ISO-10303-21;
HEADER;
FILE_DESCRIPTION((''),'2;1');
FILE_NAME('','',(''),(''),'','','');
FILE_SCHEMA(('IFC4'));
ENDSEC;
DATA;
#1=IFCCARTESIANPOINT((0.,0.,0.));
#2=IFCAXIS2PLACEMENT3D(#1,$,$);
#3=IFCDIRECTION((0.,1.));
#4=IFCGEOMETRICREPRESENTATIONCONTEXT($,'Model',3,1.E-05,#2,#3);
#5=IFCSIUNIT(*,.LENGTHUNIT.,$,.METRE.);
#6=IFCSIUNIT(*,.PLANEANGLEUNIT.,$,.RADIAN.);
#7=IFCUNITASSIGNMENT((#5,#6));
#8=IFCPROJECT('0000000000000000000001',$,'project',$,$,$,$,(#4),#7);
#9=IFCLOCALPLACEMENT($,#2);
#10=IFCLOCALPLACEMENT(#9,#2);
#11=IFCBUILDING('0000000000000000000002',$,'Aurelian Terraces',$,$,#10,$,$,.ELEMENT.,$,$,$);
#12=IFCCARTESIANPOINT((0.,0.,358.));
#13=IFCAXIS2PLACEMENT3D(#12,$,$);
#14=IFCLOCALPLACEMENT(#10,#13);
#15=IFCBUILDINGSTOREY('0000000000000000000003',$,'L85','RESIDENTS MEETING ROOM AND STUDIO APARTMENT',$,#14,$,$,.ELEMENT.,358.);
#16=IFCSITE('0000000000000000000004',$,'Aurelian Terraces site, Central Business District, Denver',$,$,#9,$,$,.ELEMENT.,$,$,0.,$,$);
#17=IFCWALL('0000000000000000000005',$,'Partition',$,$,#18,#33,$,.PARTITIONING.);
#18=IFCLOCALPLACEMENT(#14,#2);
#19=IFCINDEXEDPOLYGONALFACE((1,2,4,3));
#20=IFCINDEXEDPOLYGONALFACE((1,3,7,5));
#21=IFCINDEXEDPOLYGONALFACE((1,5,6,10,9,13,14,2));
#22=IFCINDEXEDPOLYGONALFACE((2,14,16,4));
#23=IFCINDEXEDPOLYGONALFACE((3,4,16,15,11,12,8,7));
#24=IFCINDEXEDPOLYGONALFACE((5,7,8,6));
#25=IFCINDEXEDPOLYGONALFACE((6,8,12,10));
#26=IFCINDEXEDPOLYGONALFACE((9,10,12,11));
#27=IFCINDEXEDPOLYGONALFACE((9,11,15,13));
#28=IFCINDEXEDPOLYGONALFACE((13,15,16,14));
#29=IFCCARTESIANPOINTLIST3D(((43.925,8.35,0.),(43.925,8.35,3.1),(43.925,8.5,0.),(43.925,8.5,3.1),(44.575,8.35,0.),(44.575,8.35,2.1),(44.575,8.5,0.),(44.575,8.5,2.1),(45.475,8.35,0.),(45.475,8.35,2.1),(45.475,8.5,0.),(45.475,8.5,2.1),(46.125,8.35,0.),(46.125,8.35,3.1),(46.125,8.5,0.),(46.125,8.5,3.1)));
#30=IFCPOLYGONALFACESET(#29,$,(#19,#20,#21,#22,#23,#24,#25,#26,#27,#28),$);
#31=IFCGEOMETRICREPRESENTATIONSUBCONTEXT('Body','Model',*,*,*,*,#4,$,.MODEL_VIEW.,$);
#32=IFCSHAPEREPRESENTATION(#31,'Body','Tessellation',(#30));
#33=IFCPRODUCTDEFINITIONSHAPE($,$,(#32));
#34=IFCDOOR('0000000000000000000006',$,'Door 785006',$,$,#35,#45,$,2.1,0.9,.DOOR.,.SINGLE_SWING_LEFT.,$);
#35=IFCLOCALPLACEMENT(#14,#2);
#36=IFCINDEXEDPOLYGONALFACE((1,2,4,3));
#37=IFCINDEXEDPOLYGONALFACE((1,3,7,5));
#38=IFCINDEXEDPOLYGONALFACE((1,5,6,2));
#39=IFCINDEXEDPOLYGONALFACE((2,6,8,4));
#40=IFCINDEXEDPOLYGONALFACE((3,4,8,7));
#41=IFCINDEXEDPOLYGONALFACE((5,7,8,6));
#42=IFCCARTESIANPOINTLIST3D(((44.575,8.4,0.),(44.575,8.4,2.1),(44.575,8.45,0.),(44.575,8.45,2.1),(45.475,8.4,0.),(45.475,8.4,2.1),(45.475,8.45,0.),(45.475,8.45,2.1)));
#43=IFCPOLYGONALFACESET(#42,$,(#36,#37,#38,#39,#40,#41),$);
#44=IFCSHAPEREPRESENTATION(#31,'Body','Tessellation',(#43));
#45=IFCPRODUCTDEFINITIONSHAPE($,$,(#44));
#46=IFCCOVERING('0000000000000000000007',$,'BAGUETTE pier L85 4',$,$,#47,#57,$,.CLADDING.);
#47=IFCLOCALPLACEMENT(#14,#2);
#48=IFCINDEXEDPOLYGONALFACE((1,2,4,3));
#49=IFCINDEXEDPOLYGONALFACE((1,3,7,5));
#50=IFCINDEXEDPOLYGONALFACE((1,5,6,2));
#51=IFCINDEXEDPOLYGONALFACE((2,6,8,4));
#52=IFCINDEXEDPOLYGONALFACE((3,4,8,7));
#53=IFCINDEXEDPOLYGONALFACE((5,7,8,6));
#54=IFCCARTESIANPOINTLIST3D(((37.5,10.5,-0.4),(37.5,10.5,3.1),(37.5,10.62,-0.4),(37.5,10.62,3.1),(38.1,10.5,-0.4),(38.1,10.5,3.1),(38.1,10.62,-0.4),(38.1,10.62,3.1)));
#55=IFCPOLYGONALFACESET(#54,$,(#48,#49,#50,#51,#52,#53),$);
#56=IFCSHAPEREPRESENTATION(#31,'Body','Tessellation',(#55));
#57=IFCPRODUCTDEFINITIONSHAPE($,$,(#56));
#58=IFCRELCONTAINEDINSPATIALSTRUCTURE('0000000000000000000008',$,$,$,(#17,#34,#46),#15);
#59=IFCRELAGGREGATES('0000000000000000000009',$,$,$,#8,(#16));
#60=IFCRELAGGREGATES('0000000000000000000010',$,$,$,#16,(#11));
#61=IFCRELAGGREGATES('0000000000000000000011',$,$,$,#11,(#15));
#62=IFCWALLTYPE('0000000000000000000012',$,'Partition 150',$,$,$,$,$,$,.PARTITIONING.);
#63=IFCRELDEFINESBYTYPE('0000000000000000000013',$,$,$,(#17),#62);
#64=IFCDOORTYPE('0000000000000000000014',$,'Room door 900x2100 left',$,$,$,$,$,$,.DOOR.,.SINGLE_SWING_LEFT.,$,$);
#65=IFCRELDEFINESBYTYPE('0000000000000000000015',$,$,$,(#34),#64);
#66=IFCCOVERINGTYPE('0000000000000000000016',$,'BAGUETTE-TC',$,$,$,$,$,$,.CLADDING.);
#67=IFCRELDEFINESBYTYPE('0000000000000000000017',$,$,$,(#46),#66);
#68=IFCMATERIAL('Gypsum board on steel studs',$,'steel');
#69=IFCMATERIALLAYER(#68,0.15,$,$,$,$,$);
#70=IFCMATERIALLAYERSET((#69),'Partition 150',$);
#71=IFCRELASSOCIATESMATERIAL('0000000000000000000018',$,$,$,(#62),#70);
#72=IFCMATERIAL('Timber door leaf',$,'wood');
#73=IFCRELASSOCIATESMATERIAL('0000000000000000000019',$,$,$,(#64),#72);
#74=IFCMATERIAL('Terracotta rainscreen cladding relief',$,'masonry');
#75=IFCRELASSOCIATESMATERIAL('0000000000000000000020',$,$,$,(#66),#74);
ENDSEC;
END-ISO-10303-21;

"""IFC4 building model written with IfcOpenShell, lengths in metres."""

from ifc_helpers import new_model, si_unit, direction, frame, frame_2d, origin, origin_2d, place, context, subcontext, project, spatial, rectangle, extrude, source, transform, mapped, material, layer, layer_set, type_object, element, fill, save


model = new_model("IFC4")

# Units and contexts
model_context = context("Model", 3, precision=1e-05, world=origin(), true_north=direction((0.0, 1.0)))
body_context = subcontext(model_context, "Body", "Model", "MODEL_VIEW")
ifc_project = project(units=[si_unit("LENGTHUNIT", "METRE"), si_unit("PLANEANGLEUNIT", "RADIAN")], contexts=[model_context])

# Site, building, storey
site_placement = place(None, origin())
site = spatial("IfcSite", under=ifc_project, at=site_placement, Name="Aurelian Terraces site, Central Business District, Denver", CompositionType="ELEMENT", RefElevation=0.0)
building_placement = place(site_placement, origin())
building = spatial("IfcBuilding", under=site, at=building_placement, Name="Aurelian Terraces", CompositionType="ELEMENT")
storey_placement = place(building_placement, frame((0.0, 0.0, 358.0)))
storey = spatial("IfcBuildingStorey", under=building, at=storey_placement, Name="L85", Description="RESIDENTS MEETING ROOM AND STUDIO APARTMENT", CompositionType="ELEMENT", Elevation=358.0)

# Shared definitions
ifc_material_1 = material(Name="Gypsum board on steel studs", Category="steel")
shared_shape_1 = source(origin(), body_context, "Body", "SweptSolid", [
    extrude(rectangle(XDim=0.9, YDim=2.1, at=frame_2d((0.45, 1.05))), frame((0.0, 0.025, 0.0), z_axis=(0.0, -1.0, 0.0), x_axis=(1.0, 0.0, 0.0)), (0.0, 0.0, 1.0), 0.05),
])

# Wall, opening, door
ifc_layer_1 = layer(ifc_material_1, 0.15)
ifc_layer_set_1 = layer_set([ifc_layer_1], Name="Partition 150")
wall_type_1 = type_object("IfcWallType", Name="Partition 150", PredefinedType="PARTITIONING", material=ifc_layer_set_1)
shared_shape_2 = source(origin(), body_context, "Body", "SweptSolid", [
    extrude(rectangle(XDim=2.2, YDim=0.15, at=frame_2d((1.1, 0.0))), origin(), (0.0, 0.0, 1.0), 3.1),
])
wall_1_placement = place(storey_placement, frame((46.125, 8.425, 0.0), z_axis=(0.0, 0.0, 1.0), x_axis=(-1.0, 0.0, 0.0)))
wall_1 = element("IfcWall", 1, at=wall_1_placement, inside=storey, type_object=wall_type_1, Name="Partition", PredefinedType="PARTITIONING", context=body_context, shape_type="MappedRepresentation", body=[
    mapped(shared_shape_2, transform((0.0, 0.0, 0.0), scale=1.0)),
])
shared_shape_3 = source(origin(), body_context, "Body", "SweptSolid", [
    extrude(rectangle(XDim=0.9, YDim=2.1, at=frame_2d((0.45, 1.05))), frame((0.0, 0.085, 0.0), z_axis=(0.0, -1.0, 0.0), x_axis=(1.0, 0.0, 0.0)), (0.0, 0.0, 1.0), 0.17),
])
opening_1_placement = place(wall_1_placement, frame((0.65, 0.0, 0.0)))
opening_1 = element("IfcOpeningElement", 2, at=opening_1_placement, cuts=wall_1, PredefinedType="OPENING", context=body_context, shape_type="MappedRepresentation", body=[
    mapped(shared_shape_3, transform((0.0, 0.0, 0.0), scale=1.0)),
])
ifc_material_2 = material(Name="Timber door leaf", Category="wood")
door_type_1 = type_object("IfcDoorType", Name="Room door 900x2100 left", OperationType="SINGLE_SWING_LEFT", PredefinedType="DOOR", material=ifc_material_2)
door_1_placement = place(opening_1_placement, origin())
door_1 = element("IfcDoor", 3, at=door_1_placement, inside=storey, type_object=door_type_1, Name="Door 785006", OperationType="SINGLE_SWING_LEFT", OverallHeight=2.1, OverallWidth=0.9, PredefinedType="DOOR", context=body_context, shape_type="MappedRepresentation", body=[
    mapped(shared_shape_1, transform((0.0, 0.0, 0.0), scale=1.0)),
])
fill(opening_1, door_1)

# Covering
ifc_material_3 = material(Name="Terracotta rainscreen cladding relief", Category="masonry")
covering_type = type_object("IfcCoveringType", Name="BAGUETTE-TC", PredefinedType="CLADDING", material=ifc_material_3)
shared_shape_4 = source(origin(), body_context, "Body", "SweptSolid", [
    extrude(rectangle(XDim=0.6, YDim=0.12, at=origin_2d()), origin(), (0.0, 0.0, 1.0), 3.5),
])
covering_placement = place(storey_placement, frame((37.8, 10.56, -0.4), z_axis=(0.0, 0.0, 1.0), x_axis=(1.0, 0.0, 0.0)))
element("IfcCovering", 4, at=covering_placement, inside=storey, type_object=covering_type, Name="BAGUETTE pier L85 4", PredefinedType="CLADDING", context=body_context, shape_type="MappedRepresentation", body=[
    mapped(shared_shape_4, transform((0.0, 0.0, 0.0), scale=1.0)),
])

save(model, "model.ifc")
